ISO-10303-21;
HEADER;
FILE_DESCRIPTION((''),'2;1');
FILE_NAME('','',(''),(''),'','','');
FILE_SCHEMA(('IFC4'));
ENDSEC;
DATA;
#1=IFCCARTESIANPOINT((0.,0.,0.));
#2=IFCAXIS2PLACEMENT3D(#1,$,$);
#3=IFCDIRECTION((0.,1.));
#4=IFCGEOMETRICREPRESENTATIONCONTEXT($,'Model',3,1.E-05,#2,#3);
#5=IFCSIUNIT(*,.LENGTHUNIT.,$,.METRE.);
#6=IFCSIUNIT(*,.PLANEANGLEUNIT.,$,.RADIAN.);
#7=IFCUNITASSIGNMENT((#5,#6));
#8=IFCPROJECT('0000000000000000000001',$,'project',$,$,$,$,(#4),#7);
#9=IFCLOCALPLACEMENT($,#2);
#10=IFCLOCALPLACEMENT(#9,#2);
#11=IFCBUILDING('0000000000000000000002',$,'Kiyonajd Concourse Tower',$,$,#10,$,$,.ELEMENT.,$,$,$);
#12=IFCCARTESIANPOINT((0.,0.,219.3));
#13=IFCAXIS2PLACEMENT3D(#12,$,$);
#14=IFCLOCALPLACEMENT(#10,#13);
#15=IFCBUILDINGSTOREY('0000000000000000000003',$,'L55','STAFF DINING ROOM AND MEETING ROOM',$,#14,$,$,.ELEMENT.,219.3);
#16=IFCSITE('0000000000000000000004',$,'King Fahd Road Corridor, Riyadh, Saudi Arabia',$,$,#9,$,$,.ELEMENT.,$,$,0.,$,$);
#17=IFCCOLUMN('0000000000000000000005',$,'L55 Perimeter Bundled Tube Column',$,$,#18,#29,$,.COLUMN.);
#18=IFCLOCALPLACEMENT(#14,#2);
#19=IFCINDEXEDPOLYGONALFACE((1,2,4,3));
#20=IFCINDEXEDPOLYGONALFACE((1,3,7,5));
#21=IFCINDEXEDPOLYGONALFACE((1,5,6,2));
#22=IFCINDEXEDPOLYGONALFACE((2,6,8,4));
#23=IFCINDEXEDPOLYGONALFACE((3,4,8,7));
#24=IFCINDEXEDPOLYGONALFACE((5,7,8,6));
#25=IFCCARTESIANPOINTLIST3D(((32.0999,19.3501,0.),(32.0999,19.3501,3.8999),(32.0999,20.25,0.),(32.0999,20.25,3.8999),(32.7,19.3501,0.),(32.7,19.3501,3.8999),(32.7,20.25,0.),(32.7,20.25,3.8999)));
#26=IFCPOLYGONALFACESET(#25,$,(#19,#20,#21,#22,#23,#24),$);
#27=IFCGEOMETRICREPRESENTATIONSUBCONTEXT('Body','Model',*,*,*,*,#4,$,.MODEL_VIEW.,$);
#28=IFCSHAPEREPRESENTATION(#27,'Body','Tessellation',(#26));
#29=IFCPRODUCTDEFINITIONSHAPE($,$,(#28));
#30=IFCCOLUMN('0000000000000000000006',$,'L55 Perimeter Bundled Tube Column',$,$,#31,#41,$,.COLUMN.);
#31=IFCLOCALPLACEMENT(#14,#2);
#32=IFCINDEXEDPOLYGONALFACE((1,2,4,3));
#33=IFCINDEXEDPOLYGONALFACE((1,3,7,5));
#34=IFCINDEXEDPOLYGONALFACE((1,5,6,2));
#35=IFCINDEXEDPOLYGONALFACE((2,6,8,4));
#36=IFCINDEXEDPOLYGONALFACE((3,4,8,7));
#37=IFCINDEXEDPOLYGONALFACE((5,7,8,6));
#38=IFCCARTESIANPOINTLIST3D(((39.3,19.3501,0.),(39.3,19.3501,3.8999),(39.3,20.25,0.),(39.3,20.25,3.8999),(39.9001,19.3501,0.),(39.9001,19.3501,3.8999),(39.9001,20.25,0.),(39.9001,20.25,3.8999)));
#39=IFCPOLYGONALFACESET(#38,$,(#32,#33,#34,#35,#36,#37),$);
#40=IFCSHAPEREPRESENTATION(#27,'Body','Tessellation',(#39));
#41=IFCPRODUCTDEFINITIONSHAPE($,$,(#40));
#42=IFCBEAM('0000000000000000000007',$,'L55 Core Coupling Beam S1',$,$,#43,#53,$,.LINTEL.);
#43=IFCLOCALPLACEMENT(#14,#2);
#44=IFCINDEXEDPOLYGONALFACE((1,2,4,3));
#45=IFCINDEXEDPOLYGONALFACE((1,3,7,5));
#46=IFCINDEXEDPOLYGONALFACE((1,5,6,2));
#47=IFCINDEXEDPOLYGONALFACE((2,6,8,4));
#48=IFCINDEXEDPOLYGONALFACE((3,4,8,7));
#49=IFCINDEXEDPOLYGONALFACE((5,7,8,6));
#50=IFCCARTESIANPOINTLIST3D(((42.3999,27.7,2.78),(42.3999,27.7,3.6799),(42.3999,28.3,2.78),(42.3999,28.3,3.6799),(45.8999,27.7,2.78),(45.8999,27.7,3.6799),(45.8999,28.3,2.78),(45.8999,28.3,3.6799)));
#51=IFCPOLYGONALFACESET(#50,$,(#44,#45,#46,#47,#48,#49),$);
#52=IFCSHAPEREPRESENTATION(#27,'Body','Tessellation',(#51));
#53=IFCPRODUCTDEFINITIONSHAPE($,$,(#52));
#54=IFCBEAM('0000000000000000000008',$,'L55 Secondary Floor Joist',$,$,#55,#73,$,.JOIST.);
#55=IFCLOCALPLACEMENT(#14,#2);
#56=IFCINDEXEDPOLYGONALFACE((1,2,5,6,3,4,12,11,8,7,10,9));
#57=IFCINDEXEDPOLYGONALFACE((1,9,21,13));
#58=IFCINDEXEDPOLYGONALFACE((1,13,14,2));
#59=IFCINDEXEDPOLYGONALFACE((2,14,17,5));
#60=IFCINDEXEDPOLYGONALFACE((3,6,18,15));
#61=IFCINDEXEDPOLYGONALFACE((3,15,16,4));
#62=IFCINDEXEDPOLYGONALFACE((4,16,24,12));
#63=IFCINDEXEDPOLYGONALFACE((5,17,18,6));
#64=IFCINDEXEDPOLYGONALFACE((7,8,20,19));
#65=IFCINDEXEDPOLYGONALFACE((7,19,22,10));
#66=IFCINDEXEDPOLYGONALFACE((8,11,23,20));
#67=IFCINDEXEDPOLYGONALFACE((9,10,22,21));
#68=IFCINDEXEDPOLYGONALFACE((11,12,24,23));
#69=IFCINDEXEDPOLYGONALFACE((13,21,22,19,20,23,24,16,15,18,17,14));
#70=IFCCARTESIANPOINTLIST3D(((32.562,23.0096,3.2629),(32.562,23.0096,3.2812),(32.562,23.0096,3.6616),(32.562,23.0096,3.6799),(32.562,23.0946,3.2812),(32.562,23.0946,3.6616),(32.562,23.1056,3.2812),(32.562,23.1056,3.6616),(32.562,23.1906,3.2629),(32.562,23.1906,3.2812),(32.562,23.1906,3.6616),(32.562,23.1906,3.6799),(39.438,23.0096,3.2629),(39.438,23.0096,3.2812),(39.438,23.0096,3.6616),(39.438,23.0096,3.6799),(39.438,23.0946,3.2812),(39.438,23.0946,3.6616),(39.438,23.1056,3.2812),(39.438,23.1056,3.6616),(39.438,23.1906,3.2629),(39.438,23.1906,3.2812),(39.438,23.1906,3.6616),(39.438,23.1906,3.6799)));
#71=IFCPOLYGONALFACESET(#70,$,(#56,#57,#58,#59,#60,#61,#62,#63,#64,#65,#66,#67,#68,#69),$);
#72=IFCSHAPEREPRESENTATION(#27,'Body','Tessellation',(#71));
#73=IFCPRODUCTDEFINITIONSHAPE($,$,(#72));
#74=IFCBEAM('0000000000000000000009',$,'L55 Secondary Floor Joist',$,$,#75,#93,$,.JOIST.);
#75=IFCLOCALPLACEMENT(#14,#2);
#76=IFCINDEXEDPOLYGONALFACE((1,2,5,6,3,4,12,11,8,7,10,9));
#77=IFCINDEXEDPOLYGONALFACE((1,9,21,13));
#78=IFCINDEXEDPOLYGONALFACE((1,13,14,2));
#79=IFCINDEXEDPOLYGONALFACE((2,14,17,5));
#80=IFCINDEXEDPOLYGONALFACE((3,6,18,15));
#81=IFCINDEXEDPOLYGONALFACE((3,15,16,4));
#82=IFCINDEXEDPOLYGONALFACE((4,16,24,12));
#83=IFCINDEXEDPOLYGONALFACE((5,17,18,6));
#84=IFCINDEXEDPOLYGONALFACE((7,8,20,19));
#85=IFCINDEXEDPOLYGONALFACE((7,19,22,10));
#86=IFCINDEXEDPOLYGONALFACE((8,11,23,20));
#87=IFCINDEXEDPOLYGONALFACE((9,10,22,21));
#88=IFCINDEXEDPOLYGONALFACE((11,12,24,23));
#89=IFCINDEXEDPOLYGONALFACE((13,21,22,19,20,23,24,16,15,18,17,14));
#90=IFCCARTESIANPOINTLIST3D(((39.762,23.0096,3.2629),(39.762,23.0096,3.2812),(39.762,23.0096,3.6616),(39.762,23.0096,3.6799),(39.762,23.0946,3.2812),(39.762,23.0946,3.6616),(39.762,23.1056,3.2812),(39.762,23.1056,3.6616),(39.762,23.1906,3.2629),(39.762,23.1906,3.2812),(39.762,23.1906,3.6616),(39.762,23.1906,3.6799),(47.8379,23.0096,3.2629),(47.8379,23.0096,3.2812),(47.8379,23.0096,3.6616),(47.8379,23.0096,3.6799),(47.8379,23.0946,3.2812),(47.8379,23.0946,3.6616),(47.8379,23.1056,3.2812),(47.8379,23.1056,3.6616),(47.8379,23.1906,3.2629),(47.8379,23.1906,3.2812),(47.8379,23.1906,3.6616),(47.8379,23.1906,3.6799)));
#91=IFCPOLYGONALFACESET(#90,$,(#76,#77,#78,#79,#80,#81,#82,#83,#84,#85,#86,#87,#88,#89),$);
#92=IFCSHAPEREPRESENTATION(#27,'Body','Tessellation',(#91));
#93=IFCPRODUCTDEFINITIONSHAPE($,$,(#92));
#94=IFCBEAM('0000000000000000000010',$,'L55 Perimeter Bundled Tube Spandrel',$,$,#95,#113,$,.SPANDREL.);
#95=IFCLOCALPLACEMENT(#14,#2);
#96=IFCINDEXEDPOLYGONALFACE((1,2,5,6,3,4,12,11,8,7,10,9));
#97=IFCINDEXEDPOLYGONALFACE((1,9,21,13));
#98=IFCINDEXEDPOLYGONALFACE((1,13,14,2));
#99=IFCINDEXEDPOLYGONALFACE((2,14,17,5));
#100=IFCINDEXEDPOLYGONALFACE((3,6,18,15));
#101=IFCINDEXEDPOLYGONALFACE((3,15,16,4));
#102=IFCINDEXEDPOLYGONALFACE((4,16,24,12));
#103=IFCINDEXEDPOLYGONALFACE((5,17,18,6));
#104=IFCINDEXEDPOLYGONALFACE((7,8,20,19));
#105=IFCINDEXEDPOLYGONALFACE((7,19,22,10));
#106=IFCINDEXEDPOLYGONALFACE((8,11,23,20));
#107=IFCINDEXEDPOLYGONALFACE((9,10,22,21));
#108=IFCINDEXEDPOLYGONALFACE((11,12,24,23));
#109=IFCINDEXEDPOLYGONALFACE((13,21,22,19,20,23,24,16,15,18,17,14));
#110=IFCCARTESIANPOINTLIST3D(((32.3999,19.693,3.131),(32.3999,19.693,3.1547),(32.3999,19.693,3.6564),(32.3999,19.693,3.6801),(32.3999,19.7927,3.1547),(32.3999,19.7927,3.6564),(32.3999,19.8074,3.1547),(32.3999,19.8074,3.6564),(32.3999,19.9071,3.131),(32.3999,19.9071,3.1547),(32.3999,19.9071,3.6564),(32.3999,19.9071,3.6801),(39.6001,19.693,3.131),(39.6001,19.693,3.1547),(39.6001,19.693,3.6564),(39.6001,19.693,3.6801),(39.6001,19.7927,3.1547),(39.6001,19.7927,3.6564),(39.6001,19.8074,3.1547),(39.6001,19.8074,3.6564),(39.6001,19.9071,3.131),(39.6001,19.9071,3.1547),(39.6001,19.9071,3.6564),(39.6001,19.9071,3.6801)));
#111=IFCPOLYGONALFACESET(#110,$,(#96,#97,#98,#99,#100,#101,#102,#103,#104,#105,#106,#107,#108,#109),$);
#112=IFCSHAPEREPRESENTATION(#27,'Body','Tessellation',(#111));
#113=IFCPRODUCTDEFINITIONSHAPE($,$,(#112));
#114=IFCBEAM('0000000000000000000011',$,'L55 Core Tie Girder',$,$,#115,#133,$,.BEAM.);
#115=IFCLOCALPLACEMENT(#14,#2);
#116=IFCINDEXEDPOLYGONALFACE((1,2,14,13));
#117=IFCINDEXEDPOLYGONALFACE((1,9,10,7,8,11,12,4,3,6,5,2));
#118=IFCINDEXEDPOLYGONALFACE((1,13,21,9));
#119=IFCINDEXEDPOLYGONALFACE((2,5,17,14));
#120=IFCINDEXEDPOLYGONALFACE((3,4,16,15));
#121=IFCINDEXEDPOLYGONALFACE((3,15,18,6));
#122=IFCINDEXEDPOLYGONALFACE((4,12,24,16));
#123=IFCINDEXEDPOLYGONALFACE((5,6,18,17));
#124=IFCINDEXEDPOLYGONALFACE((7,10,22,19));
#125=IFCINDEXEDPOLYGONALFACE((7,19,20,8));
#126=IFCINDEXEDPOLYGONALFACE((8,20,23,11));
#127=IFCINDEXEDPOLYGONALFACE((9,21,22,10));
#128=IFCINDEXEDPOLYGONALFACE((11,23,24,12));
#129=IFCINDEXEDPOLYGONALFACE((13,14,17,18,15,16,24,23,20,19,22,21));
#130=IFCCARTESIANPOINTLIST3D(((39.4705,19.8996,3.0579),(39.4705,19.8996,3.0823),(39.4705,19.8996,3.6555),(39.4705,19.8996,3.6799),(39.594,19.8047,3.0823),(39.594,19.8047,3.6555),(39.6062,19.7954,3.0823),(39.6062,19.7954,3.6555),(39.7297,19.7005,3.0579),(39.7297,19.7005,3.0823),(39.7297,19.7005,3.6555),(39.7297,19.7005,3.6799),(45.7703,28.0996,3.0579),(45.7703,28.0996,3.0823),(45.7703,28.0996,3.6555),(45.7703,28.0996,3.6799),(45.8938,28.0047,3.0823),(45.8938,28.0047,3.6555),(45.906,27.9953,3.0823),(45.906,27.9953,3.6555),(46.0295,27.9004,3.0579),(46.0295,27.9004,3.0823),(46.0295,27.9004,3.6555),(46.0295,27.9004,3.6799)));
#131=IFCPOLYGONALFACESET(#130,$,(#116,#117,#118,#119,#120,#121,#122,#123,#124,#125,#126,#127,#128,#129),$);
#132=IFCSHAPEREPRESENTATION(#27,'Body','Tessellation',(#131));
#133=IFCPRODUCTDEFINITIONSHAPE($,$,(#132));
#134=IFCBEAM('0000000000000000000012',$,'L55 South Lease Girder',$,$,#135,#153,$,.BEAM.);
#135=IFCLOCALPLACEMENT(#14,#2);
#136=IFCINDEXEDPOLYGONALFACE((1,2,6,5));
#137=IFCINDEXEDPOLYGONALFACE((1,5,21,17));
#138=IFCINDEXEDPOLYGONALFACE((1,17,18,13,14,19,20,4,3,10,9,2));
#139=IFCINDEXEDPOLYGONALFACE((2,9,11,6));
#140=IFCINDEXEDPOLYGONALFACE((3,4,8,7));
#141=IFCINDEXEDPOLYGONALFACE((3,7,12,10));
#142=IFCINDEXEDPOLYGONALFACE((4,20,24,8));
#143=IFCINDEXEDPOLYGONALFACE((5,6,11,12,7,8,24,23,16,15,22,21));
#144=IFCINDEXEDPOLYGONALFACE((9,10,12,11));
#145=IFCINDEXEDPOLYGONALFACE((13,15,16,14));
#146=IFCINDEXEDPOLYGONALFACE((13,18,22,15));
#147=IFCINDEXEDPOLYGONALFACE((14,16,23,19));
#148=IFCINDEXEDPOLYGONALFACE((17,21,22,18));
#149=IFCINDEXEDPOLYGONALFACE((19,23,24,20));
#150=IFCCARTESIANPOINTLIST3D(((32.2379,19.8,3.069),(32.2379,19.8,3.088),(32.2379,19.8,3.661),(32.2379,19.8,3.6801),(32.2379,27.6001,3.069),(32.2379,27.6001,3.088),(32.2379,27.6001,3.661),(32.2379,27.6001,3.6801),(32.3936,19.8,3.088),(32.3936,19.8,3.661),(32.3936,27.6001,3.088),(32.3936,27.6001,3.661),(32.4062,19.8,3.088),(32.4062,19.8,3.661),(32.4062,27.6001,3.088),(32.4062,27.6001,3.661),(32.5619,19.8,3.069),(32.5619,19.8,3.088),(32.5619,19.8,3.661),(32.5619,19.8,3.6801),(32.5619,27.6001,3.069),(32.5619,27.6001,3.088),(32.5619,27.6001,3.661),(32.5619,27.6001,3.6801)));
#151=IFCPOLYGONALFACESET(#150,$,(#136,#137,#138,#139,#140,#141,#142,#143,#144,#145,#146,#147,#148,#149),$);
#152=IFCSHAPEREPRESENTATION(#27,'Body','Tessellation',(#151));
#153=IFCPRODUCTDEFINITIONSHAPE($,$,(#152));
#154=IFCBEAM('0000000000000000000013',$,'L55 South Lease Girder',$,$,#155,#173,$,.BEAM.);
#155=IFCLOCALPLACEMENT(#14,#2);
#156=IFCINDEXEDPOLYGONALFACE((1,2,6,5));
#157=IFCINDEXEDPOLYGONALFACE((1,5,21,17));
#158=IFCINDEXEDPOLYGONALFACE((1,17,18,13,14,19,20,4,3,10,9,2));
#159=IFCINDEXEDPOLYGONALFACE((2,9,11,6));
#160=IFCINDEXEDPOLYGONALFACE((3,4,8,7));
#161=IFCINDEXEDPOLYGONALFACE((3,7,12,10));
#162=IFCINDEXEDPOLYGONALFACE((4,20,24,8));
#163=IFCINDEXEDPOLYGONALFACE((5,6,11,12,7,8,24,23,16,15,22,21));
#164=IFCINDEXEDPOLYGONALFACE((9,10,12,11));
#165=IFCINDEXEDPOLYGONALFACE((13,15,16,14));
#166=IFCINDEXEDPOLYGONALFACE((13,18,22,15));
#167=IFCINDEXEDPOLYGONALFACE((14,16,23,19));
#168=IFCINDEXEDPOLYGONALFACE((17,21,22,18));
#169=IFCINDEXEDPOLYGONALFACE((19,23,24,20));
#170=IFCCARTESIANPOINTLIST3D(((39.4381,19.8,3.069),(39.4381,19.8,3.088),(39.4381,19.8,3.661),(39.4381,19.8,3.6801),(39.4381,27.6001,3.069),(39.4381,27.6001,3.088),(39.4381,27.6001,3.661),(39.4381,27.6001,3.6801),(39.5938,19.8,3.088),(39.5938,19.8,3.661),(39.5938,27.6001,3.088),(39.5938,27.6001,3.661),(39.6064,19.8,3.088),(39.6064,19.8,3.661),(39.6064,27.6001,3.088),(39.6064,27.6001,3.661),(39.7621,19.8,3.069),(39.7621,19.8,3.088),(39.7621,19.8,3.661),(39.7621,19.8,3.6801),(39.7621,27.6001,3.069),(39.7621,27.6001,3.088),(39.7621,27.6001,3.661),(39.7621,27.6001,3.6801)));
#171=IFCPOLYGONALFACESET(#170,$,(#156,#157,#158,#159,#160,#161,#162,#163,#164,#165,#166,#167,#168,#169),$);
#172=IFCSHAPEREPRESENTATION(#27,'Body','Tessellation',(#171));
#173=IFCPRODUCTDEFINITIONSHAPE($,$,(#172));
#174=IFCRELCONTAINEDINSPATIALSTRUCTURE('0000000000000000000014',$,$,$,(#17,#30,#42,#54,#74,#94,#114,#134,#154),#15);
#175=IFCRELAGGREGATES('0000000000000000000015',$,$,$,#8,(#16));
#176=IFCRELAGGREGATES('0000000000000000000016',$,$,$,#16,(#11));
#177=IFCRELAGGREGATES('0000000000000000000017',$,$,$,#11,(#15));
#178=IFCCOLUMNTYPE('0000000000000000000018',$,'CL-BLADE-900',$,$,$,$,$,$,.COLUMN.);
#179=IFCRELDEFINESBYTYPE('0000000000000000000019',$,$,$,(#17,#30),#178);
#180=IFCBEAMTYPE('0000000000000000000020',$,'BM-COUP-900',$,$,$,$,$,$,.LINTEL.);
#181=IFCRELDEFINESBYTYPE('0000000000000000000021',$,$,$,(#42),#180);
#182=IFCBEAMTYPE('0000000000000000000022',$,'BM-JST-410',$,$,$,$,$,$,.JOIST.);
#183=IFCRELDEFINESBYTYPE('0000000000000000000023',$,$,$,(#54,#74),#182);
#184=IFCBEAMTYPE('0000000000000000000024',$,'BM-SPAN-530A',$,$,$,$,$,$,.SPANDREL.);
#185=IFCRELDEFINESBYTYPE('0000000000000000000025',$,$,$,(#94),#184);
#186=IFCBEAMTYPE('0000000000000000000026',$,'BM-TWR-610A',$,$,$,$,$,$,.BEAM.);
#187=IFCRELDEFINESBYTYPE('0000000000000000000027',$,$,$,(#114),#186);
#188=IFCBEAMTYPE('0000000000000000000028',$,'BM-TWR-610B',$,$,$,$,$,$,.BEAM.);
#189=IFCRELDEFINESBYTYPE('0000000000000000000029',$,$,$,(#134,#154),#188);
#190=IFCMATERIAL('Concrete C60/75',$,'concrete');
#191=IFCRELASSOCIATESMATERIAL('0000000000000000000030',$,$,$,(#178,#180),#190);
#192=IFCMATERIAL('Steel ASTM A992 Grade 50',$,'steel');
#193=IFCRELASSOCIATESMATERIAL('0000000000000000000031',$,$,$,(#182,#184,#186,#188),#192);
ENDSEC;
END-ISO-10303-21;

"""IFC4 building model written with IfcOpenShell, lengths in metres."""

from ifc_helpers import new_model, si_unit, direction, frame, origin, origin_2d, place, context, subcontext, project, spatial, rectangle, i_section, extrude, material, material_profile, profile_set, type_object, element, save


model = new_model("IFC4")

# Units and contexts
model_context = context("Model", 3, precision=1e-05, world=origin(), true_north=direction((0.0, 1.0)))
body_context = subcontext(model_context, "Body", "Model", "MODEL_VIEW")
ifc_project = project(units=[si_unit("LENGTHUNIT", "METRE"), si_unit("PLANEANGLEUNIT", "RADIAN")], contexts=[model_context])

# Site, building, storey
site_placement = place(None, origin())
site = spatial("IfcSite", under=ifc_project, at=site_placement, Name="King Fahd Road Corridor, Riyadh, Saudi Arabia", CompositionType="ELEMENT", RefElevation=0.0)
building_placement = place(site_placement, origin())
building = spatial("IfcBuilding", under=site, at=building_placement, Name="Kiyonajd Concourse Tower", CompositionType="ELEMENT")
storey_placement = place(building_placement, frame((0.0, 0.0, 219.3)))
storey = spatial("IfcBuildingStorey", under=building, at=storey_placement, Name="L55", Description="STAFF DINING ROOM AND MEETING ROOM", CompositionType="ELEMENT", Elevation=219.3)

# Columns
ifc_material_1 = material(Name="Concrete C60/75", Category="concrete")
ifc_material_profile_1 = material_profile(ifc_material_1, rectangle(XDim=0.6001, YDim=0.8999, at=origin_2d()), Name="RC-900x600")
ifc_profile_set_1 = profile_set([ifc_material_profile_1], Name="Concrete C60/75")
column_type = type_object("IfcColumnType", Name="CL-BLADE-900", PredefinedType="COLUMN", material=ifc_profile_set_1)
for number, where, z_axis, x_axis, name in (
    (1, (32.3999, 19.8, 0.0), (0.0, 0.0, 1.0), (1.0, 0.0, 0.0), "L55 Perimeter Bundled Tube Column"),
    (2, (39.6001, 19.8, 0.0), (0.0, 0.0, 1.0), (1.0, 0.0, 0.0), "L55 Perimeter Bundled Tube Column"),
):
    element("IfcColumn", number, at=place(storey_placement, frame(where, z_axis=z_axis, x_axis=x_axis)), inside=storey, type_object=column_type, Name=name, PredefinedType="COLUMN", context=body_context, shape_type="SweptSolid", body=[
        extrude(rectangle(XDim=0.6001, YDim=0.8999, at=origin_2d()), origin(), (0.0, 0.0, 1.0), 3.8999),
    ])

# Beams
ifc_material_profile_2 = material_profile(ifc_material_1, rectangle(XDim=0.6001, YDim=0.8999, at=origin_2d()), Name="RCBM-600x900")
ifc_profile_set_2 = profile_set([ifc_material_profile_2], Name="Concrete C60/75")
beam_type_1 = type_object("IfcBeamType", Name="BM-COUP-900", PredefinedType="LINTEL", material=ifc_profile_set_2)
beam_1_placement = place(storey_placement, frame((42.3999, 28.0, 3.23), z_axis=(1.0, 0.0, 0.0), x_axis=(0.0, 1.0, 0.0)))
element("IfcBeam", 3, at=beam_1_placement, inside=storey, type_object=beam_type_1, Name="L55 Core Coupling Beam S1", PredefinedType="LINTEL", context=body_context, shape_type="SweptSolid", body=[
    extrude(rectangle(XDim=0.6001, YDim=0.8999, at=origin_2d()), origin(), (0.0, 0.0, 1.0), 3.5),
])
ifc_material_2 = material(Name="Steel ASTM A992 Grade 50", Category="steel")
ifc_material_profile_3 = material_profile(ifc_material_2, i_section(OverallWidth=0.1809, OverallDepth=0.417, WebThickness=0.011, FlangeThickness=0.0183, at=origin_2d()), Name="W410X85")
ifc_profile_set_3 = profile_set([ifc_material_profile_3], Name="Steel ASTM A992 Grade 50")
beam_type_2 = type_object("IfcBeamType", Name="BM-JST-410", PredefinedType="JOIST", material=ifc_profile_set_3)
beam_2_placement = place(storey_placement, frame((32.562, 23.1001, 3.4714), z_axis=(1.0, 0.0, 0.0), x_axis=(0.0, 1.0, 0.0)))
element("IfcBeam", 4, at=beam_2_placement, inside=storey, type_object=beam_type_2, Name="L55 Secondary Floor Joist", PredefinedType="JOIST", context=body_context, shape_type="SweptSolid", body=[
    extrude(i_section(OverallWidth=0.1809, OverallDepth=0.417, WebThickness=0.011, FlangeThickness=0.0183, at=origin_2d()), origin(), (0.0, 0.0, 1.0), 6.876),
])
beam_3_placement = place(storey_placement, frame((39.762, 23.1001, 3.4714), z_axis=(1.0, 0.0, 0.0), x_axis=(0.0, 1.0, 0.0)))
element("IfcBeam", 5, at=beam_3_placement, inside=storey, type_object=beam_type_2, Name="L55 Secondary Floor Joist", PredefinedType="JOIST", context=body_context, shape_type="SweptSolid", body=[
    extrude(i_section(OverallWidth=0.1809, OverallDepth=0.417, WebThickness=0.011, FlangeThickness=0.0183, at=origin_2d()), origin(), (0.0, 0.0, 1.0), 8.0759),
])
ifc_material_profile_4 = material_profile(ifc_material_2, i_section(OverallWidth=0.2141, OverallDepth=0.5491, WebThickness=0.0146, FlangeThickness=0.0237, at=origin_2d()), Name="W530X138")
ifc_profile_set_4 = profile_set([ifc_material_profile_4], Name="Steel ASTM A992 Grade 50")
beam_type_3 = type_object("IfcBeamType", Name="BM-SPAN-530A", PredefinedType="SPANDREL", material=ifc_profile_set_4)
beam_4_placement = place(storey_placement, frame((32.3999, 19.8, 3.4055), z_axis=(1.0, 0.0, 0.0), x_axis=(0.0, 1.0, 0.0)))
element("IfcBeam", 6, at=beam_4_placement, inside=storey, type_object=beam_type_3, Name="L55 Perimeter Bundled Tube Spandrel", PredefinedType="SPANDREL", context=body_context, shape_type="SweptSolid", body=[
    extrude(i_section(OverallWidth=0.2141, OverallDepth=0.5491, WebThickness=0.0146, FlangeThickness=0.0237, at=origin_2d()), origin(), (0.0, 0.0, 1.0), 7.2002),
])
ifc_material_profile_5 = material_profile(ifc_material_2, i_section(OverallWidth=0.3269, OverallDepth=0.6221, WebThickness=0.0154, FlangeThickness=0.0244, at=origin_2d()), Name="W610X195")
ifc_profile_set_5 = profile_set([ifc_material_profile_5], Name="Steel ASTM A992 Grade 50")
beam_type_4 = type_object("IfcBeamType", Name="BM-TWR-610A", PredefinedType="BEAM", material=ifc_profile_set_5)
beam_5_placement = place(storey_placement, frame((39.6001, 19.8, 3.3689), z_axis=(0.609234, 0.792991, 0.0), x_axis=(-0.792991, 0.609234, 0.0)))
element("IfcBeam", 7, at=beam_5_placement, inside=storey, type_object=beam_type_4, Name="L55 Core Tie Girder", PredefinedType="BEAM", context=body_context, shape_type="SweptSolid", body=[
    extrude(i_section(OverallWidth=0.3269, OverallDepth=0.6221, WebThickness=0.0154, FlangeThickness=0.0244, at=origin_2d()), origin(), (0.0, 0.0, 1.0), 10.3406),
])
ifc_material_profile_6 = material_profile(ifc_material_2, i_section(OverallWidth=0.324, OverallDepth=0.6111, WebThickness=0.0127, FlangeThickness=0.019, at=origin_2d()), Name="W610X155")
ifc_profile_set_6 = profile_set([ifc_material_profile_6], Name="Steel ASTM A992 Grade 50")
beam_type_5 = type_object("IfcBeamType", Name="BM-TWR-610B", PredefinedType="BEAM", material=ifc_profile_set_6)
for number, where, z_axis, x_axis, name in (
    (8, (32.3999, 19.8, 3.3745), (0.0, 1.0, 0.0), (-1.0, 0.0, 0.0), "L55 South Lease Girder"),
    (9, (39.6001, 19.8, 3.3745), (0.0, 1.0, 0.0), (-1.0, 0.0, 0.0), "L55 South Lease Girder"),
):
    element("IfcBeam", number, at=place(storey_placement, frame(where, z_axis=z_axis, x_axis=x_axis)), inside=storey, type_object=beam_type_5, Name=name, PredefinedType="BEAM", context=body_context, shape_type="SweptSolid", body=[
        extrude(i_section(OverallWidth=0.324, OverallDepth=0.6111, WebThickness=0.0127, FlangeThickness=0.019, at=origin_2d()), origin(), (0.0, 0.0, 1.0), 7.8),
    ])

save(model, "model.ifc")
